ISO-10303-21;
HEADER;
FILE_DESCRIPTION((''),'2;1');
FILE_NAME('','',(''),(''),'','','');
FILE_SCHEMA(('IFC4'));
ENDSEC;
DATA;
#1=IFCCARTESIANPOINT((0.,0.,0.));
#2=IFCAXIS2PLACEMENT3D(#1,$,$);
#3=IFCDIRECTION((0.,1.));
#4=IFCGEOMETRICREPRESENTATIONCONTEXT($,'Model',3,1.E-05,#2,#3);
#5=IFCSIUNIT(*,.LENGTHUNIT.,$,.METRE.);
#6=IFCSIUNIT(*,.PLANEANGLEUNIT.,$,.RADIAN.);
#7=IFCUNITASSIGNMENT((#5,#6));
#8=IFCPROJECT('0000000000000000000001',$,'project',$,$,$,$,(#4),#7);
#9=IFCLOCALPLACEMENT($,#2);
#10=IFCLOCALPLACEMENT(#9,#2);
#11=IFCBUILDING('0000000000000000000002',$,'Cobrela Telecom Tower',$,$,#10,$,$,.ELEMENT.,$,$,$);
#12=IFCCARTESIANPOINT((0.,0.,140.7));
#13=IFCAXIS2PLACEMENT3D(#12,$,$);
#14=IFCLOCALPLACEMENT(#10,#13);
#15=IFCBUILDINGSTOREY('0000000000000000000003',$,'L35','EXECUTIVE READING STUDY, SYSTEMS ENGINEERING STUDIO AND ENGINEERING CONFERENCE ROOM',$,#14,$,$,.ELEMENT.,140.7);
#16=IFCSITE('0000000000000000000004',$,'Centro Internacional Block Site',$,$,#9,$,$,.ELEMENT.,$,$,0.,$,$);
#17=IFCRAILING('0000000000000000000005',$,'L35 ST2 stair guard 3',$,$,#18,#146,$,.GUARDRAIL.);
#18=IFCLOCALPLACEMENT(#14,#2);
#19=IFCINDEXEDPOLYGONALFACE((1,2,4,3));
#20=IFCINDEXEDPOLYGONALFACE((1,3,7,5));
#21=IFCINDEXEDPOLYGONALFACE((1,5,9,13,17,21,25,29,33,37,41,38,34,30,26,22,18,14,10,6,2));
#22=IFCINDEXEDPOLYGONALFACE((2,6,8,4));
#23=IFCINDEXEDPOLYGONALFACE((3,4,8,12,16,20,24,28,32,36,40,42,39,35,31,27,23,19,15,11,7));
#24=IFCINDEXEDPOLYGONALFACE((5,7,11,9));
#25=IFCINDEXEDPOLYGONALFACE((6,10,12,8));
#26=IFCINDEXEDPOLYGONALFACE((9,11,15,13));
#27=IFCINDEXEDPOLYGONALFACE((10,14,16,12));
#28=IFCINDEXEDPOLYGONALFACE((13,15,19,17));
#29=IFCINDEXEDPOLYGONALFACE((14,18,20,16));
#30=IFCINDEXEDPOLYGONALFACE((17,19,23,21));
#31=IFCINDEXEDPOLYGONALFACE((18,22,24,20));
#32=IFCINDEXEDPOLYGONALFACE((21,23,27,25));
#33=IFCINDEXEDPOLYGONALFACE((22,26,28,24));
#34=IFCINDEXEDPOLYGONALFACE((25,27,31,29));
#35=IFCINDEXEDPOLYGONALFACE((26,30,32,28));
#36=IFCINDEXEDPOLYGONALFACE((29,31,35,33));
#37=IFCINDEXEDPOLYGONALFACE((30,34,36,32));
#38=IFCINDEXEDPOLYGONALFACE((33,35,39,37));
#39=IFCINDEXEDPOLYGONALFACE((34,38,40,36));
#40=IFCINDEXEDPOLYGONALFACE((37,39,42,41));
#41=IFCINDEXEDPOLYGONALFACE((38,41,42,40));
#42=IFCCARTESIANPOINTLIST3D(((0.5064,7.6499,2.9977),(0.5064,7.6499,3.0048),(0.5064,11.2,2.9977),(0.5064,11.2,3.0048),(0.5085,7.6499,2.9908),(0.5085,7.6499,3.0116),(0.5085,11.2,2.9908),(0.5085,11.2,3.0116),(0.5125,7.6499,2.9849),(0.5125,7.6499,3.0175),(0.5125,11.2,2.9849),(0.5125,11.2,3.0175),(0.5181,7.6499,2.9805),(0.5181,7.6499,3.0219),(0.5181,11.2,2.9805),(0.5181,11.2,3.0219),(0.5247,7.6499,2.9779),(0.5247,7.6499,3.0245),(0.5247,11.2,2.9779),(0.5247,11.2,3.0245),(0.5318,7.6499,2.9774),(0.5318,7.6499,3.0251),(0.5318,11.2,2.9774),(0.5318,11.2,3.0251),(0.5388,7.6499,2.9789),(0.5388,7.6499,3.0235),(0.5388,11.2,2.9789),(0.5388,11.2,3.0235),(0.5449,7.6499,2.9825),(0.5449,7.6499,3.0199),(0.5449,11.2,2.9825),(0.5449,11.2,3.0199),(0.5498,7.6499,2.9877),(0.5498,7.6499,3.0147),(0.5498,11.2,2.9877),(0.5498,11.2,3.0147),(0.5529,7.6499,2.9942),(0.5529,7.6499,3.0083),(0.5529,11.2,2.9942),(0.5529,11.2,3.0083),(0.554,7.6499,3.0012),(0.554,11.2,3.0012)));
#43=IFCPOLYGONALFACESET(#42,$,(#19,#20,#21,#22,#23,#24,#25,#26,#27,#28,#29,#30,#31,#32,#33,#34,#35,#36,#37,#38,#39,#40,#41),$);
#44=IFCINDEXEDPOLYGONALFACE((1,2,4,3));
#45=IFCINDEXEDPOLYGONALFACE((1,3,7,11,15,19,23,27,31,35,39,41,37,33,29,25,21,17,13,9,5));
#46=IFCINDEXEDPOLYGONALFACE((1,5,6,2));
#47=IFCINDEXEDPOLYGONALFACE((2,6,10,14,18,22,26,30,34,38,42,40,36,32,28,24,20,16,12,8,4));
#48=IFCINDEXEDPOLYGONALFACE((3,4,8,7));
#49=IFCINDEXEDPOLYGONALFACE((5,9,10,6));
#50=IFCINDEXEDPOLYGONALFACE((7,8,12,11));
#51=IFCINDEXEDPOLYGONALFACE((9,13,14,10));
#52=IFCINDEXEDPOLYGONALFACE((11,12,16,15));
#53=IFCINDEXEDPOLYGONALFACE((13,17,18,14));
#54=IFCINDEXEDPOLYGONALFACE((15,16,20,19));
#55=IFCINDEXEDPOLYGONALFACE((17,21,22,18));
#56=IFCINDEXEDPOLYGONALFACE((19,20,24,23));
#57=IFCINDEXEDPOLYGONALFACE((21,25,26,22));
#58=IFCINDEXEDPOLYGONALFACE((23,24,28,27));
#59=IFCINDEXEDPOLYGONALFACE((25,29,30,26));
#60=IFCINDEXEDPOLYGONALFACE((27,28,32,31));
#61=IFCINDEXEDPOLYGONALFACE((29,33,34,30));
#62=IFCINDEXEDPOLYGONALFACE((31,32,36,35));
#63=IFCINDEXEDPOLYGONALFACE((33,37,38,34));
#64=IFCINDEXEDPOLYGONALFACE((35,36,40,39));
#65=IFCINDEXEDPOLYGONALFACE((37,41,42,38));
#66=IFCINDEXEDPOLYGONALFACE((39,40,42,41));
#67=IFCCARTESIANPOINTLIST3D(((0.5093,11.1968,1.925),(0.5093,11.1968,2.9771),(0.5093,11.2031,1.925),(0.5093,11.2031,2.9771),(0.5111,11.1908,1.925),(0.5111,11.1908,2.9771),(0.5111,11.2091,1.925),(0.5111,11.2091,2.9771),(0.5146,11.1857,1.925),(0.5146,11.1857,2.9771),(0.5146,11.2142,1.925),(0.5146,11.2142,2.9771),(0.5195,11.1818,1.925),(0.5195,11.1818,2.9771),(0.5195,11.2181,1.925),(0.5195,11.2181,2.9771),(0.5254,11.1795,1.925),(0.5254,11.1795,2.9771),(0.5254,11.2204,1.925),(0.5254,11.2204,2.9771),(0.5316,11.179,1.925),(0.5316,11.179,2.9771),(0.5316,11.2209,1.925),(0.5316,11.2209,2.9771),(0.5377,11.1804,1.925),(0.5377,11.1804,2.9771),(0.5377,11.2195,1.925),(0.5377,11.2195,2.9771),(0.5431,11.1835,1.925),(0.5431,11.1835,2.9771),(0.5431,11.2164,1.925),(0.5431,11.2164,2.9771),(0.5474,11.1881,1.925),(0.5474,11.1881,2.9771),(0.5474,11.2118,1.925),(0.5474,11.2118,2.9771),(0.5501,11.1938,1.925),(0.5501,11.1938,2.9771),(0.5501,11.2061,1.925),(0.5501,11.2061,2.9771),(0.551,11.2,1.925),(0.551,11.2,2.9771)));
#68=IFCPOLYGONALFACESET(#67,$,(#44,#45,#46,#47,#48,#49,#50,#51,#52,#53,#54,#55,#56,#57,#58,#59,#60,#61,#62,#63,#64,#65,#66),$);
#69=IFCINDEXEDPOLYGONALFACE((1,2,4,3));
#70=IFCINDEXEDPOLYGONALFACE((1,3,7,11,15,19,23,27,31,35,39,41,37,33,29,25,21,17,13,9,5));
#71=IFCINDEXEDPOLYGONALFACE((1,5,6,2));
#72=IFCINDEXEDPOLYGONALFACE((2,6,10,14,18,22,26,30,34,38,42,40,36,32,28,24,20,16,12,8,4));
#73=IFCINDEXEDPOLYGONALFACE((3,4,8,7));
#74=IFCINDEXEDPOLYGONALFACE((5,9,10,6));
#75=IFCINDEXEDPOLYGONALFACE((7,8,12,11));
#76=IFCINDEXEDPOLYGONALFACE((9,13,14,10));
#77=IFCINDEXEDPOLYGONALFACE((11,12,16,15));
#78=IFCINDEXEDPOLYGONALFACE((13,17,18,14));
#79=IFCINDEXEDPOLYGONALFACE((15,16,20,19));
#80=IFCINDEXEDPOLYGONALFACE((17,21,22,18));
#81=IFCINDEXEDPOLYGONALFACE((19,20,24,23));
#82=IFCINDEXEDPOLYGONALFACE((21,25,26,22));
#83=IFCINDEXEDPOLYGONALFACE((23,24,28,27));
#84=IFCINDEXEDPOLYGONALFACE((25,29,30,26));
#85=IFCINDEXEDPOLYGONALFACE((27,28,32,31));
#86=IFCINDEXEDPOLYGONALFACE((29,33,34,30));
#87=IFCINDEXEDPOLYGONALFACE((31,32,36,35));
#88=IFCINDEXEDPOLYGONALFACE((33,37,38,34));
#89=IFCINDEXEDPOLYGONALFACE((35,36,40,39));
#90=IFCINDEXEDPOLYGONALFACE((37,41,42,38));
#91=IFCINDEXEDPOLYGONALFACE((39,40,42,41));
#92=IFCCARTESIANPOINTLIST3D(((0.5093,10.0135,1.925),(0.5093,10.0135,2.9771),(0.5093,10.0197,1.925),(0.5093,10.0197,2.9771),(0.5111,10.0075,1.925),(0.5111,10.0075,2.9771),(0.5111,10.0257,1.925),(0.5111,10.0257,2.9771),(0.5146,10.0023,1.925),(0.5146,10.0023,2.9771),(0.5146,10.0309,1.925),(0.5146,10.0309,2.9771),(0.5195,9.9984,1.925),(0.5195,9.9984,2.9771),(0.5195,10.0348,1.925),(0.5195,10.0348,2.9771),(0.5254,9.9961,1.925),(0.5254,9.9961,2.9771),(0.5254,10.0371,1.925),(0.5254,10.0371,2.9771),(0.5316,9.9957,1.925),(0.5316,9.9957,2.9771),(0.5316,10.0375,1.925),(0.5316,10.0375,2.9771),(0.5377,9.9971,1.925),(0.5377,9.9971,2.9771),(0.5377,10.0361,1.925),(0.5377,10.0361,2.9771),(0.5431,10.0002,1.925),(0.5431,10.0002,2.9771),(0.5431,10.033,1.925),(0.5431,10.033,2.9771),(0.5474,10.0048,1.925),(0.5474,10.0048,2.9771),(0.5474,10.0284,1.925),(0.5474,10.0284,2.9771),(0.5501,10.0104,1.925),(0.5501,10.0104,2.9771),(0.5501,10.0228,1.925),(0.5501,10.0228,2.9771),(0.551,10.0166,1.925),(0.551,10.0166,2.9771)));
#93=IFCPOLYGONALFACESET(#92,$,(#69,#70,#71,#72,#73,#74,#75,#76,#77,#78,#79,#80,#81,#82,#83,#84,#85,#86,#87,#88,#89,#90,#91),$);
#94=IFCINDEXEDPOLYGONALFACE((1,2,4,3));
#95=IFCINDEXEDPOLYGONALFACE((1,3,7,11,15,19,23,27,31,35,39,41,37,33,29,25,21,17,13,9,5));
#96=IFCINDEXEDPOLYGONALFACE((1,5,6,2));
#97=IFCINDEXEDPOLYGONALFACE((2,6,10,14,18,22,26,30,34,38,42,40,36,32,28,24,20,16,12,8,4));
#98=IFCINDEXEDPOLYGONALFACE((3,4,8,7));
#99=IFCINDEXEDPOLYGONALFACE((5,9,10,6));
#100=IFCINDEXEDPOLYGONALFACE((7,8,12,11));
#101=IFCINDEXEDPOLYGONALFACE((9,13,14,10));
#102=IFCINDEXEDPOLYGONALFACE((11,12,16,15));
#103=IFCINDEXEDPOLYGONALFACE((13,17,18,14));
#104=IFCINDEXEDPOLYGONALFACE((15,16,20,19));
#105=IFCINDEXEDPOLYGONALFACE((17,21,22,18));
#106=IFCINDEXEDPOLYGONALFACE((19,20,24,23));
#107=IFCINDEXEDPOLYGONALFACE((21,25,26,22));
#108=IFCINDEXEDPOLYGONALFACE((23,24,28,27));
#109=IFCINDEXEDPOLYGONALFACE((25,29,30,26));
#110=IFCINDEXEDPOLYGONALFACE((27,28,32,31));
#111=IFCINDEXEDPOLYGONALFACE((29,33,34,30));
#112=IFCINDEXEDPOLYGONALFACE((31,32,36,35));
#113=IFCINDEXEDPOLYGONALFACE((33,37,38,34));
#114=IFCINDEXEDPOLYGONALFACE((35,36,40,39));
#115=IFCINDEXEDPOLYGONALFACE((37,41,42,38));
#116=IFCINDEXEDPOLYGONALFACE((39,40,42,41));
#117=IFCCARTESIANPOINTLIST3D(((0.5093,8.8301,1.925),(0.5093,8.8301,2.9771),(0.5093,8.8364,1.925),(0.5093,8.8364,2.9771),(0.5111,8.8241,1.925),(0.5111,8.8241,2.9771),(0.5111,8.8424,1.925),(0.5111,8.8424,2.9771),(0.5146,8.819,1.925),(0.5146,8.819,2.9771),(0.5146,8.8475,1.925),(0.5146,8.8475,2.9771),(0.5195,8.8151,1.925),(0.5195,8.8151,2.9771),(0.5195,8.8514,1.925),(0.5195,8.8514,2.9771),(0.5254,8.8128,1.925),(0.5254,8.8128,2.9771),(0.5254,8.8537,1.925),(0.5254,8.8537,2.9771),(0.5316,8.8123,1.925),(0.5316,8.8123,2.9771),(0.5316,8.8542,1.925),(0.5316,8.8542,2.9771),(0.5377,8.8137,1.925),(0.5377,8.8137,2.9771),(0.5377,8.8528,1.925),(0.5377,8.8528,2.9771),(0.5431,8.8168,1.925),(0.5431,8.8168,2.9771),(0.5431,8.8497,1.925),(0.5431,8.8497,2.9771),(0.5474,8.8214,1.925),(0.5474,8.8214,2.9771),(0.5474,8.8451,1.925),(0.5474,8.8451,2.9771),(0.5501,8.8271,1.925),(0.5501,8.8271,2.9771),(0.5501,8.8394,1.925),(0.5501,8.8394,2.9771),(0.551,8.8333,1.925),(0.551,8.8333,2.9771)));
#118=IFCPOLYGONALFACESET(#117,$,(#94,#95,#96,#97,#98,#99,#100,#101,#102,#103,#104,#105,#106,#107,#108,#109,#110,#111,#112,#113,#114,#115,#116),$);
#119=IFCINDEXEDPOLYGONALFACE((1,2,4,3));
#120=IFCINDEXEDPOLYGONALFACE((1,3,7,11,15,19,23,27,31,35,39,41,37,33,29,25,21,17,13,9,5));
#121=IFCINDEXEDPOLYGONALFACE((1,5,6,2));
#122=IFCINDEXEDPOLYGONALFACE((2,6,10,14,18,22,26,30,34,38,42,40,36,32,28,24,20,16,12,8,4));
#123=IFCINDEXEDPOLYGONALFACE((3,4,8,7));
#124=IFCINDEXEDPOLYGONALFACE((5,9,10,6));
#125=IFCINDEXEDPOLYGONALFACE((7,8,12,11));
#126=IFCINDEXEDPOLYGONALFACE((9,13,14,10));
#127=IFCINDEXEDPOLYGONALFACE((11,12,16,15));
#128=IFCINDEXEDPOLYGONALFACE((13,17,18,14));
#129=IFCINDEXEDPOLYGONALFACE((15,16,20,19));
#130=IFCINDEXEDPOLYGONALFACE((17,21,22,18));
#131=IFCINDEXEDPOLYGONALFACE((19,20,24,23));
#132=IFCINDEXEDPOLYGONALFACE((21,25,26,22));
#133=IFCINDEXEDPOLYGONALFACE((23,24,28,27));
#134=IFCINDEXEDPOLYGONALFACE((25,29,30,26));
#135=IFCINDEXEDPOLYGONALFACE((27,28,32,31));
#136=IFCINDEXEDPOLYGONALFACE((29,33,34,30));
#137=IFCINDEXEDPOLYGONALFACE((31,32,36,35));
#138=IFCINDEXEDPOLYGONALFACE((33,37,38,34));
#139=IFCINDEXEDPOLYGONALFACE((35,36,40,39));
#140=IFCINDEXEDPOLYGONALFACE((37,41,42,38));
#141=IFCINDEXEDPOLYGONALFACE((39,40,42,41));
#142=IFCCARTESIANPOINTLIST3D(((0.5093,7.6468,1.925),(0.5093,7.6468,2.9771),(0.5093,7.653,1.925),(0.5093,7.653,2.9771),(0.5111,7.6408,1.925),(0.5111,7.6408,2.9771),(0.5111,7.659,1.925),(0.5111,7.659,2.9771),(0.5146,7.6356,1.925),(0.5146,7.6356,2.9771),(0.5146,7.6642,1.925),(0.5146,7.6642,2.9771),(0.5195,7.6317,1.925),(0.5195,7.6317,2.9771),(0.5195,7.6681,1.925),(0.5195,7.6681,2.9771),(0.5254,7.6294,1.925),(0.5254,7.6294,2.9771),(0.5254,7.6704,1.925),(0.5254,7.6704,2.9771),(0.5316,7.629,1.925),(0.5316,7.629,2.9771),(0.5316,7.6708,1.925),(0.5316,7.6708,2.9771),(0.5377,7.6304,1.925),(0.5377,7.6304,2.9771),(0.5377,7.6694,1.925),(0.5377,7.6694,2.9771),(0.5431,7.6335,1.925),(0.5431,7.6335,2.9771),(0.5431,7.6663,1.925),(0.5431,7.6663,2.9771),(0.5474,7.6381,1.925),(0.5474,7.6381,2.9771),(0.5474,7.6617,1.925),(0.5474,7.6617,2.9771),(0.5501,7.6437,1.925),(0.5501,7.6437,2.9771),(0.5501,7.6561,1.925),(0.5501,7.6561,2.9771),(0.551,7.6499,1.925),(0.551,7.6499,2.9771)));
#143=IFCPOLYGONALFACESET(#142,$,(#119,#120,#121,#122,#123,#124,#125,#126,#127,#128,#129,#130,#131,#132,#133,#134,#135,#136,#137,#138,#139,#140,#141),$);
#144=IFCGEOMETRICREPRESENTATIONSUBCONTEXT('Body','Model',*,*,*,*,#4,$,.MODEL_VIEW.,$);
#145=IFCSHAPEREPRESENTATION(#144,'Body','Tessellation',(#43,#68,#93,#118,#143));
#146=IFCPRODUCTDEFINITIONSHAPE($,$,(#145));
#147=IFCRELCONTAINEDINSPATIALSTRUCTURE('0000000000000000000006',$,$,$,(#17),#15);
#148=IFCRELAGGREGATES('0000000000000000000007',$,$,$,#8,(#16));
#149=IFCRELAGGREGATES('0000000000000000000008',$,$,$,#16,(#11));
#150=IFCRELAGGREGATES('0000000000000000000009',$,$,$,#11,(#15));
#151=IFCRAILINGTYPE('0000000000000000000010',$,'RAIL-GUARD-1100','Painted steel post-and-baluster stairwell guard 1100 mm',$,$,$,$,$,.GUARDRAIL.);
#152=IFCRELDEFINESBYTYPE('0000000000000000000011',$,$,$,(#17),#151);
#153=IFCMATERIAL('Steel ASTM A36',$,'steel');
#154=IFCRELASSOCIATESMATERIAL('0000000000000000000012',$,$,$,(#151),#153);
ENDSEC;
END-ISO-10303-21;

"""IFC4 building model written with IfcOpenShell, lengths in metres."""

from ifc_helpers import new_model, si_unit, direction, frame, origin, origin_2d, place, context, subcontext, project, spatial, circle, extrude, material, type_object, element, save


model = new_model("IFC4")

# Units and contexts
model_context = context("Model", 3, precision=1e-05, world=origin(), true_north=direction((0.0, 1.0)))
body_context = subcontext(model_context, "Body", "Model", "MODEL_VIEW")
ifc_project = project(units=[si_unit("LENGTHUNIT", "METRE"), si_unit("PLANEANGLEUNIT", "RADIAN")], contexts=[model_context])

# Site, building, storey
site_placement = place(None, origin())
site = spatial("IfcSite", under=ifc_project, at=site_placement, Name="Centro Internacional Block Site", CompositionType="ELEMENT", RefElevation=0.0)
building_placement = place(site_placement, origin())
building = spatial("IfcBuilding", under=site, at=building_placement, Name="Cobrela Telecom Tower", CompositionType="ELEMENT")
storey_placement = place(building_placement, frame((0.0, 0.0, 140.7)))
storey = spatial("IfcBuildingStorey", under=building, at=storey_placement, Name="L35", Description="EXECUTIVE READING STUDY, SYSTEMS ENGINEERING STUDIO AND ENGINEERING CONFERENCE ROOM", CompositionType="ELEMENT", Elevation=140.7)

# Shared definitions
ifc_material_1 = material(Name="Steel ASTM A36", Category="steel")

# Railing
railing_type_1 = type_object("IfcRailingType", Name="RAIL-GUARD-1100", Description="Painted steel post-and-baluster stairwell guard 1100 mm", PredefinedType="GUARDRAIL", material=ifc_material_1)
railing_1_placement = place(storey_placement, frame((0.53, 11.2, 1.925)))
element("IfcRailing", 1, at=railing_1_placement, inside=storey, type_object=railing_type_1, Name="L35 ST2 stair guard 3", PredefinedType="GUARDRAIL", context=body_context, shape_type="SweptSolid", body=[
    extrude(circle(Radius=0.0239, at=origin_2d()), frame((0.0, 0.0, 1.0762), z_axis=(0.0, -1.0, 0.0), x_axis=(1.0, 0.0, 0.0)), (0.0, 0.0, 1.0), 3.55),
    extrude(circle(Radius=0.021, at=origin_2d()), origin(), (0.0, 0.0, 1.0), 1.052),
    extrude(circle(Radius=0.021, at=origin_2d()), frame((0.0, -1.1833, 0.0)), (0.0, 0.0, 1.0), 1.052),
    extrude(circle(Radius=0.021, at=origin_2d()), frame((0.0, -2.3667, 0.0)), (0.0, 0.0, 1.0), 1.052),
    extrude(circle(Radius=0.021, at=origin_2d()), frame((0.0, -3.55, 0.0)), (0.0, 0.0, 1.0), 1.052),
])

save(model, "model.ifc")
